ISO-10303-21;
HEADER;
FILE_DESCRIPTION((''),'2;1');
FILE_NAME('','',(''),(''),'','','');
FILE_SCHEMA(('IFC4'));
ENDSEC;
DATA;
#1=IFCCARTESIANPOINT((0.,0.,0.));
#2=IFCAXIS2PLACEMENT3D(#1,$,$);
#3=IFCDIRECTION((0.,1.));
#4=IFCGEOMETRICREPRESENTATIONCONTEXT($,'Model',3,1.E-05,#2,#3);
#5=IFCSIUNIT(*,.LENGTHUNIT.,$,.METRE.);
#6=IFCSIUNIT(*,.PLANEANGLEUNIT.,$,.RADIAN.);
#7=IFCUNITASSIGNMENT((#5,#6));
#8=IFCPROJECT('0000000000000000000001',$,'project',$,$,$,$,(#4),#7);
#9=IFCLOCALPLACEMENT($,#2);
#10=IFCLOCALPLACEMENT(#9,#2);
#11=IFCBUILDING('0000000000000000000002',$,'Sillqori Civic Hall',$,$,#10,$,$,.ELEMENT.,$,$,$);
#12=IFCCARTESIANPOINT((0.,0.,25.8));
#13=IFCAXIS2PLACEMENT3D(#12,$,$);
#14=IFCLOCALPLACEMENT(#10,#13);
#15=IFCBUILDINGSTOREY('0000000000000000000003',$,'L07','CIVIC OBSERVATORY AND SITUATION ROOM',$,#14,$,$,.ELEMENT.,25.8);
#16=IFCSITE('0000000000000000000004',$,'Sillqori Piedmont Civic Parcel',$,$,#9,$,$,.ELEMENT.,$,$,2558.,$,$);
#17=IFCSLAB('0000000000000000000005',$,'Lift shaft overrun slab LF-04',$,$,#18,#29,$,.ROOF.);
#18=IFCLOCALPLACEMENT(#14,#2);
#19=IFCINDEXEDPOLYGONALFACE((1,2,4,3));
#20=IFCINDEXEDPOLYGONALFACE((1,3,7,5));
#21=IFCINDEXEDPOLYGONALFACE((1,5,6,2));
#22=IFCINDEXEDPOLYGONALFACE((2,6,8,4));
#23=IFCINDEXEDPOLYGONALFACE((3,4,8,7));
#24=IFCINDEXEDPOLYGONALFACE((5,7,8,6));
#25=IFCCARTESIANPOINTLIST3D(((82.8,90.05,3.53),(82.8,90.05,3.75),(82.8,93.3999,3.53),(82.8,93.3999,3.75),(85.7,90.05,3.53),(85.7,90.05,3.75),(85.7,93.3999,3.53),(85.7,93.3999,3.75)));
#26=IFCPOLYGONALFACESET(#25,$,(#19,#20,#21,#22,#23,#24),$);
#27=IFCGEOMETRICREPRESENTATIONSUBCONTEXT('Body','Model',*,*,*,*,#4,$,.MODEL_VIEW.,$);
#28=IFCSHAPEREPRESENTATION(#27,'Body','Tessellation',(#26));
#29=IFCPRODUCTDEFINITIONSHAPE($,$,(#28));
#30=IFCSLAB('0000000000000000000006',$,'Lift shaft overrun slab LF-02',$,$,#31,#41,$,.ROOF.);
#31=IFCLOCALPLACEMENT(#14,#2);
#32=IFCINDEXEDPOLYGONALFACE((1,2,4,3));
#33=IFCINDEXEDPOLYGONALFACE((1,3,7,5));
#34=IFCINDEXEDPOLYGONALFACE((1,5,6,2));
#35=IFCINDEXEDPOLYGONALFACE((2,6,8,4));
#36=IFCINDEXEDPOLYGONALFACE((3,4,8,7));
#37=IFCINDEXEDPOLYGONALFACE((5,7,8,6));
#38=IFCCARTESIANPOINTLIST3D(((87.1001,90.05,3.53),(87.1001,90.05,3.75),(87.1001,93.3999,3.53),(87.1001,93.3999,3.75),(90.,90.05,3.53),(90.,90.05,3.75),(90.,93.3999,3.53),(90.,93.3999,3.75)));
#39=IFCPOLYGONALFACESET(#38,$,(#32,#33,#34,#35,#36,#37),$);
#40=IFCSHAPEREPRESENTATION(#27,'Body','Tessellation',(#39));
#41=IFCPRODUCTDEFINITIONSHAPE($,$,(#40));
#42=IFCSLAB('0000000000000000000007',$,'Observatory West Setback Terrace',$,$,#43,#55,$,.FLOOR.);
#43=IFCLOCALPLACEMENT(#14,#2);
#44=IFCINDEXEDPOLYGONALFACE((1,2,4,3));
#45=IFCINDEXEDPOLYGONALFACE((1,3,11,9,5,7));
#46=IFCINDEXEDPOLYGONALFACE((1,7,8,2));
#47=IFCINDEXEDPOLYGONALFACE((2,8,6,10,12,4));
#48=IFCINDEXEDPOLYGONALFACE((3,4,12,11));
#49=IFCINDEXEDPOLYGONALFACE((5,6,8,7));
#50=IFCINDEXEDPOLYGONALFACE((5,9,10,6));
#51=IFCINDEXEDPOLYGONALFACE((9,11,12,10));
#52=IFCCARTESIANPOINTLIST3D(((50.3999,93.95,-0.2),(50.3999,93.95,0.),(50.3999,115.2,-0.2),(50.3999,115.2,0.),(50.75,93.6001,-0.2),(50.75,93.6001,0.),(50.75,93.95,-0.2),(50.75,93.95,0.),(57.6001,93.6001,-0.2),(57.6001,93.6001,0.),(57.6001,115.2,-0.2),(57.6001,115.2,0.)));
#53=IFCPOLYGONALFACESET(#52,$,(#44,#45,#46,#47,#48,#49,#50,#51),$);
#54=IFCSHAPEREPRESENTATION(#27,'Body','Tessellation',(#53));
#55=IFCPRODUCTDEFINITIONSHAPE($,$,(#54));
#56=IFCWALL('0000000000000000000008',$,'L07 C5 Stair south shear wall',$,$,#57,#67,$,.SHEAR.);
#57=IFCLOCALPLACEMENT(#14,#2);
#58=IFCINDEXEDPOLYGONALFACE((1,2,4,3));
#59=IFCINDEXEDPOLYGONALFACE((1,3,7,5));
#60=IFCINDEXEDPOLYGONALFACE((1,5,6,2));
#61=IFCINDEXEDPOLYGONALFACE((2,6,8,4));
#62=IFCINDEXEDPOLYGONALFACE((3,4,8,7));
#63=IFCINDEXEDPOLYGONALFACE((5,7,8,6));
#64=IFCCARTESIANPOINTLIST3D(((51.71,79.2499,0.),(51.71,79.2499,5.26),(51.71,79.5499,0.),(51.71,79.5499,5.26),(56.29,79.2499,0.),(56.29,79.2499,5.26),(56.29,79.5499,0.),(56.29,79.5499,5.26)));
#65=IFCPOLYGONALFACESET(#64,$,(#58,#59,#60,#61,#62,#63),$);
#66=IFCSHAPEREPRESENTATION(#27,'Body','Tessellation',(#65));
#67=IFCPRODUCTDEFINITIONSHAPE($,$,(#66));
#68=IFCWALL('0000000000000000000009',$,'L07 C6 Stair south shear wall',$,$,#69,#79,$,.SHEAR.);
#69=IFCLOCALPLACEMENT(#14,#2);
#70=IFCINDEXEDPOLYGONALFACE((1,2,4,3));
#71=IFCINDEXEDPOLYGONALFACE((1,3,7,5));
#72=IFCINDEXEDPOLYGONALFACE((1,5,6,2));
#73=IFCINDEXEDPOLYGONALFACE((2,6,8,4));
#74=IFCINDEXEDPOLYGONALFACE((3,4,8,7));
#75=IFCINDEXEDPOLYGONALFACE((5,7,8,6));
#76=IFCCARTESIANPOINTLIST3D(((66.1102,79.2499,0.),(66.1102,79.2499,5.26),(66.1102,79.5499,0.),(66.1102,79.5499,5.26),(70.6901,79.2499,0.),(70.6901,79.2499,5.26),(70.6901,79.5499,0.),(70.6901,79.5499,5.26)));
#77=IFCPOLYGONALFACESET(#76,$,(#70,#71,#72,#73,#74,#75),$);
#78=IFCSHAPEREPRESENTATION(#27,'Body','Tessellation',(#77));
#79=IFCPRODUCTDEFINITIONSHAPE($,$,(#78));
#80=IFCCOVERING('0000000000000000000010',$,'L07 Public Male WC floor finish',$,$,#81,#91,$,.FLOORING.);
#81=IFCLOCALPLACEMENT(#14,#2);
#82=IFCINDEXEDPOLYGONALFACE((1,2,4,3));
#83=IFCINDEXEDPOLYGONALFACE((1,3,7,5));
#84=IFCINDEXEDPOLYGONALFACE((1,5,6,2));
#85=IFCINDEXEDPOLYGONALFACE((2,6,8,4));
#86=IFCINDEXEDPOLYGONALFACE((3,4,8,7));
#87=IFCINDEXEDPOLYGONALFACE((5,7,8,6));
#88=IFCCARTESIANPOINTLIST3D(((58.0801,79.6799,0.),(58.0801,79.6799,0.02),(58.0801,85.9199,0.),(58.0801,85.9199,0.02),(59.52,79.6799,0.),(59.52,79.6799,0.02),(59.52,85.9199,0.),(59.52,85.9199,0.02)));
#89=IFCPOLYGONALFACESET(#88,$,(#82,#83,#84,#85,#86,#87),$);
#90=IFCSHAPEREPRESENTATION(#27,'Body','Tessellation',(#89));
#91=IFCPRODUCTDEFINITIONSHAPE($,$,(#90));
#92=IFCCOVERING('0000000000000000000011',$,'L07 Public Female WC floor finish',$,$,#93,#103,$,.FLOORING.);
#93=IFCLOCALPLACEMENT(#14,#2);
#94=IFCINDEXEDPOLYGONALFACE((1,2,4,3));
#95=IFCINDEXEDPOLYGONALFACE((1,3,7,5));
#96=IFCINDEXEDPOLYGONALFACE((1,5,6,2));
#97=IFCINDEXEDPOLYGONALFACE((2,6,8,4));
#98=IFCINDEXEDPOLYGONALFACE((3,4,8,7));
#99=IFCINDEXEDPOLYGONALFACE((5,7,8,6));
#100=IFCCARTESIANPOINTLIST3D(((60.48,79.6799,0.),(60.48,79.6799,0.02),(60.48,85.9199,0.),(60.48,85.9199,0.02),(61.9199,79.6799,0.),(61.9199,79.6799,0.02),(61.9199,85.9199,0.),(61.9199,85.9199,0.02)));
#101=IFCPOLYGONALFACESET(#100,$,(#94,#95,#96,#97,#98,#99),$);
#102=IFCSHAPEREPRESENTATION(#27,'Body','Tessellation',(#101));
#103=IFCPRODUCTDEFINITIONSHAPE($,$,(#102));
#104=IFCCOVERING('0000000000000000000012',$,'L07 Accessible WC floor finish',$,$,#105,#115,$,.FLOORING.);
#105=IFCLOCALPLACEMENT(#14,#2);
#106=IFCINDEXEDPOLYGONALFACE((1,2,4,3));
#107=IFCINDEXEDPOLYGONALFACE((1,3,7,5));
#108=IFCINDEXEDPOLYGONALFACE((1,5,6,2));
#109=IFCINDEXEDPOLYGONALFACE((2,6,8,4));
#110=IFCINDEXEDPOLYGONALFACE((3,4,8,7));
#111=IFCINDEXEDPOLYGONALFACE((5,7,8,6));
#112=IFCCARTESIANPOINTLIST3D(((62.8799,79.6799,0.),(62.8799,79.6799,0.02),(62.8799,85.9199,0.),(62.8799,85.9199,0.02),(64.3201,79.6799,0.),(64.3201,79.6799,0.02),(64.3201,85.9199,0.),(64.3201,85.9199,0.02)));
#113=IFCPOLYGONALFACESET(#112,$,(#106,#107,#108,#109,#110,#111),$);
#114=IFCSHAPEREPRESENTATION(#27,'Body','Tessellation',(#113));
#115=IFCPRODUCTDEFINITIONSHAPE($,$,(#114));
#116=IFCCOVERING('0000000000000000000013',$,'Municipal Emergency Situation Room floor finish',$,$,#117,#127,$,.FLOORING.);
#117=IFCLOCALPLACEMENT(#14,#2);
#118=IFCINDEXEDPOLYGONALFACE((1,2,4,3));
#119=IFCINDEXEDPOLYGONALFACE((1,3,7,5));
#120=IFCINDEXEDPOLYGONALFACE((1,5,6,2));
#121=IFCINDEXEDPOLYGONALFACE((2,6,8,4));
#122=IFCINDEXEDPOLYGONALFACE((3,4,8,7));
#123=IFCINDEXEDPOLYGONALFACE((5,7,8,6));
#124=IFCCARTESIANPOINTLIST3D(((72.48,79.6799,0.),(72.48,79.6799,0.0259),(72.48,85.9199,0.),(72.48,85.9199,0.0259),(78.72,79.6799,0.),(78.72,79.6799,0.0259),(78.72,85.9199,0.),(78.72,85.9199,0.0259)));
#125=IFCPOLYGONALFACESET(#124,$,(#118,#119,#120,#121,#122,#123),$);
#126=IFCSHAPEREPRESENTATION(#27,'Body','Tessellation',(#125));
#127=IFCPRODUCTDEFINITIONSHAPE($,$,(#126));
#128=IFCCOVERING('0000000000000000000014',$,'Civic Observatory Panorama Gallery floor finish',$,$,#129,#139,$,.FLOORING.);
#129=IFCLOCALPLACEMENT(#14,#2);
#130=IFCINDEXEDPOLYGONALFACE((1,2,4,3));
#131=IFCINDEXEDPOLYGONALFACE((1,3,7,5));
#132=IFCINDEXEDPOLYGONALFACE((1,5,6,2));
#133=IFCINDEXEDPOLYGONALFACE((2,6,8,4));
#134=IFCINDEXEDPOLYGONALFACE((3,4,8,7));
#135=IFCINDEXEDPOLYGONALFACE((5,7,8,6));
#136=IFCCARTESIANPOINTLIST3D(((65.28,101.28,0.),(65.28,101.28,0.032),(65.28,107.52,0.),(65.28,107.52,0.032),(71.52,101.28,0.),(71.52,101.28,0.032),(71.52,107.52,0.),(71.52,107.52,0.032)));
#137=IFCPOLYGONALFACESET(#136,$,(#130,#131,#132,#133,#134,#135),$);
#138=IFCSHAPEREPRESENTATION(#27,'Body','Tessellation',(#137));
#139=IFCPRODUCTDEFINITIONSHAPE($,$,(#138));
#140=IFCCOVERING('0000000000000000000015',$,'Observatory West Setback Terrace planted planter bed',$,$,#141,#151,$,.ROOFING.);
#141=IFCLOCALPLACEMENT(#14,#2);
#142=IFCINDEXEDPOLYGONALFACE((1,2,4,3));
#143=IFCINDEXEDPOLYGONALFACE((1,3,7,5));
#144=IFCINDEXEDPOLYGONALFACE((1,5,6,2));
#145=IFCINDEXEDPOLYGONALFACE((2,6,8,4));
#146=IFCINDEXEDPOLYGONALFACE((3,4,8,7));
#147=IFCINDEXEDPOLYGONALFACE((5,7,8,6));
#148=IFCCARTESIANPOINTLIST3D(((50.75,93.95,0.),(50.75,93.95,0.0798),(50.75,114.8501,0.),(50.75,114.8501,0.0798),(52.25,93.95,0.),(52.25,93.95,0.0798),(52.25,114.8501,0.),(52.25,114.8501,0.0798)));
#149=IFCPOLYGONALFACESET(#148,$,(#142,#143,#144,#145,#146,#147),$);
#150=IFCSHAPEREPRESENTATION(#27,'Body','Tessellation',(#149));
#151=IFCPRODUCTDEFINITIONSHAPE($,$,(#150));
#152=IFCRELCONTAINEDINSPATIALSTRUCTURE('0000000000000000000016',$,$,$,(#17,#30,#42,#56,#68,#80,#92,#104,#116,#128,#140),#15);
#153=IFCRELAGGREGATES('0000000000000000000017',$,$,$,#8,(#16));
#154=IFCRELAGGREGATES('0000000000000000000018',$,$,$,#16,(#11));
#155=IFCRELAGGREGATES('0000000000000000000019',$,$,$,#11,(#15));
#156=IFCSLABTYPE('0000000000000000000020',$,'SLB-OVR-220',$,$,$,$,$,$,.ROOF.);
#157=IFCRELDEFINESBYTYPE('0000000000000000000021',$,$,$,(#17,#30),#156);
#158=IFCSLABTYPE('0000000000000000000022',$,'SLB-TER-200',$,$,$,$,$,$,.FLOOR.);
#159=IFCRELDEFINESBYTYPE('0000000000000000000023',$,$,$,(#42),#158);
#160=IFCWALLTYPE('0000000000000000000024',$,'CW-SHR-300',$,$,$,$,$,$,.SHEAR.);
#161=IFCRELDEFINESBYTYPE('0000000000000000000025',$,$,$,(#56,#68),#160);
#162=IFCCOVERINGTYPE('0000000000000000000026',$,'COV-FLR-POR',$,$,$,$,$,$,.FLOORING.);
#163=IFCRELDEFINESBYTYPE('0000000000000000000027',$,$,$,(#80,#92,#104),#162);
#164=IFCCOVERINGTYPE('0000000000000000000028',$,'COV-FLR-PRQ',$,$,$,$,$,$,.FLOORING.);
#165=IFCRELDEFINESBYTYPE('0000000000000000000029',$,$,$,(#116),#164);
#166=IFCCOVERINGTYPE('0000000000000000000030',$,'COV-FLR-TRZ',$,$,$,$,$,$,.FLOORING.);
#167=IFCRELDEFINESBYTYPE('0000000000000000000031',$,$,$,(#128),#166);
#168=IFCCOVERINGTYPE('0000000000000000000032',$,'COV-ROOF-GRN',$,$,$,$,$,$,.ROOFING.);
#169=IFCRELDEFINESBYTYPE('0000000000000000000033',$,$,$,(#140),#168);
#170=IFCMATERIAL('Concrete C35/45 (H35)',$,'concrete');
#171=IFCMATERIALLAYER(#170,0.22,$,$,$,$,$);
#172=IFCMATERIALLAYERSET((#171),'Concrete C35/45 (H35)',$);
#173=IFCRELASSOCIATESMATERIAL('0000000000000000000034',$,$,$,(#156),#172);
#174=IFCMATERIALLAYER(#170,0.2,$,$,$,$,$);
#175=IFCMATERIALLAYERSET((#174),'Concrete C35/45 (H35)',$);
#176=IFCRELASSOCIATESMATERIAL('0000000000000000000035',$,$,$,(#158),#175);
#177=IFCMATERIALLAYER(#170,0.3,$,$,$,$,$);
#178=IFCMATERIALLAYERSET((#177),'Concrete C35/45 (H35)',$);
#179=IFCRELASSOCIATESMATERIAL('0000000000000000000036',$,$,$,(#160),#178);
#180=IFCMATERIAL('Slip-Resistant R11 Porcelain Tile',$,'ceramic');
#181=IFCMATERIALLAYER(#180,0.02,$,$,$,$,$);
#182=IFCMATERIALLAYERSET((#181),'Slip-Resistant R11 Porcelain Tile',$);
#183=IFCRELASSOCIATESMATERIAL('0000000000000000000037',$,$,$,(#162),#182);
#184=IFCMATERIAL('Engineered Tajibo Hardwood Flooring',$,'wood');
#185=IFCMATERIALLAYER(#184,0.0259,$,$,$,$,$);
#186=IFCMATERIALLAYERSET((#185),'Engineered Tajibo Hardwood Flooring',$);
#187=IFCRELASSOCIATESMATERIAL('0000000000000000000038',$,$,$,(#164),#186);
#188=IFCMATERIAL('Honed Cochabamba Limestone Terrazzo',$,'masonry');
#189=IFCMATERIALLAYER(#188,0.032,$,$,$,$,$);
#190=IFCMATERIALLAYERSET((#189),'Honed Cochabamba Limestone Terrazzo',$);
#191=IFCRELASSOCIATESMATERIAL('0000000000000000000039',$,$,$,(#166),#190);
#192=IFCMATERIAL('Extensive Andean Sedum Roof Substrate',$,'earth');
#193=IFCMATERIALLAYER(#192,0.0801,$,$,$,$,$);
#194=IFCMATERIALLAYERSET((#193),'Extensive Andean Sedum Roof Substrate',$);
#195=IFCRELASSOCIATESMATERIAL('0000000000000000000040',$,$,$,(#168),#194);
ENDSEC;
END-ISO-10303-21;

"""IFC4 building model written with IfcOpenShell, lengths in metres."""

from ifc_helpers import new_model, si_unit, direction, frame, frame_2d, origin, place, context, subcontext, project, spatial, polyline, rectangle, outline, extrude, material, layer, layer_set, type_object, element, save


model = new_model("IFC4")

# Units and contexts
model_context = context("Model", 3, precision=1e-05, world=origin(), true_north=direction((0.0, 1.0)))
body_context = subcontext(model_context, "Body", "Model", "MODEL_VIEW")
ifc_project = project(units=[si_unit("LENGTHUNIT", "METRE"), si_unit("PLANEANGLEUNIT", "RADIAN")], contexts=[model_context])

# Site, building, storey
site_placement = place(None, origin())
site = spatial("IfcSite", under=ifc_project, at=site_placement, Name="Sillqori Piedmont Civic Parcel", CompositionType="ELEMENT", RefElevation=2558.0)
building_placement = place(site_placement, origin())
building = spatial("IfcBuilding", under=site, at=building_placement, Name="Sillqori Civic Hall", CompositionType="ELEMENT")
storey_placement = place(building_placement, frame((0.0, 0.0, 25.8)))
storey = spatial("IfcBuildingStorey", under=building, at=storey_placement, Name="L07", Description="CIVIC OBSERVATORY AND SITUATION ROOM", CompositionType="ELEMENT", Elevation=25.8)

# Shared definitions
ifc_material_1 = material(Name="Concrete C35/45 (H35)", Category="concrete")

# Slabs
ifc_layer_1 = layer(ifc_material_1, 0.22)
ifc_layer_set_1 = layer_set([ifc_layer_1], Name="Concrete C35/45 (H35)")
slab_type_1 = type_object("IfcSlabType", Name="SLB-OVR-220", PredefinedType="ROOF", material=ifc_layer_set_1)
slab_1_placement = place(storey_placement, frame((0.0, 0.0, 3.53)))
element("IfcSlab", 1, at=slab_1_placement, inside=storey, type_object=slab_type_1, Name="Lift shaft overrun slab LF-04", PredefinedType="ROOF", context=body_context, shape_type="SweptSolid", body=[
    extrude(outline(polyline([(82.8, 90.05), (85.7, 90.05), (85.7, 93.3999), (82.8, 93.3999), (82.8, 90.05)])), origin(), (0.0, 0.0, 1.0), 0.22),
])
slab_2_placement = place(storey_placement, frame((0.0, 0.0, 3.53)))
element("IfcSlab", 2, at=slab_2_placement, inside=storey, type_object=slab_type_1, Name="Lift shaft overrun slab LF-02", PredefinedType="ROOF", context=body_context, shape_type="SweptSolid", body=[
    extrude(outline(polyline([(87.1001, 90.05), (90.0, 90.05), (90.0, 93.3999), (87.1001, 93.3999), (87.1001, 90.05)])), origin(), (0.0, 0.0, 1.0), 0.22),
])
ifc_layer_2 = layer(ifc_material_1, 0.2)
ifc_layer_set_2 = layer_set([ifc_layer_2], Name="Concrete C35/45 (H35)")
slab_type_2 = type_object("IfcSlabType", Name="SLB-TER-200", PredefinedType="FLOOR", material=ifc_layer_set_2)
slab_3_placement = place(storey_placement, frame((0.0, 0.0, -0.2)))
element("IfcSlab", 3, at=slab_3_placement, inside=storey, type_object=slab_type_2, Name="Observatory West Setback Terrace", PredefinedType="FLOOR", context=body_context, shape_type="SweptSolid", body=[
    extrude(outline(polyline([(50.3999, 115.2), (57.6001, 115.2), (57.6001, 93.6001), (50.75, 93.6001), (50.75, 93.95), (50.3999, 93.95), (50.3999, 115.2)])), origin(), (0.0, 0.0, 1.0), 0.2),
])

# Walls
ifc_layer_3 = layer(ifc_material_1, 0.3)
ifc_layer_set_3 = layer_set([ifc_layer_3], Name="Concrete C35/45 (H35)")
wall_type = type_object("IfcWallType", Name="CW-SHR-300", PredefinedType="SHEAR", material=ifc_layer_set_3)
wall_1_placement = place(storey_placement, frame((51.71, 79.3999, 0.0), z_axis=(0.0, 0.0, 1.0), x_axis=(1.0, 0.0, 0.0)))
element("IfcWall", 4, at=wall_1_placement, inside=storey, type_object=wall_type, Name="L07 C5 Stair south shear wall", PredefinedType="SHEAR", context=body_context, shape_type="SweptSolid", body=[
    extrude(rectangle(XDim=4.5801, YDim=0.3, at=frame_2d((2.29, 0.0))), origin(), (0.0, 0.0, 1.0), 5.26),
])
wall_2_placement = place(storey_placement, frame((66.1101, 79.3999, 0.0), z_axis=(0.0, 0.0, 1.0), x_axis=(1.0, 0.0, 0.0)))
element("IfcWall", 5, at=wall_2_placement, inside=storey, type_object=wall_type, Name="L07 C6 Stair south shear wall", PredefinedType="SHEAR", context=body_context, shape_type="SweptSolid", body=[
    extrude(rectangle(XDim=4.5798, YDim=0.3, at=frame_2d((2.29, 0.0))), origin(), (0.0, 0.0, 1.0), 5.26),
])

# Coverings
ifc_material_2 = material(Name="Slip-Resistant R11 Porcelain Tile", Category="ceramic")
ifc_layer_4 = layer(ifc_material_2, 0.02)
ifc_layer_set_4 = layer_set([ifc_layer_4], Name="Slip-Resistant R11 Porcelain Tile")
covering_type_1 = type_object("IfcCoveringType", Name="COV-FLR-POR", PredefinedType="FLOORING", material=ifc_layer_set_4)
covering_1_placement = place(storey_placement, origin())
element("IfcCovering", 6, at=covering_1_placement, inside=storey, type_object=covering_type_1, Name="L07 Public Male WC floor finish", PredefinedType="FLOORING", context=body_context, shape_type="SweptSolid", body=[
    extrude(outline(polyline([(58.0801, 79.6799), (59.52, 79.6799), (59.52, 85.9199), (58.0801, 85.9199), (58.0801, 79.6799)])), origin(), (0.0, 0.0, 1.0), 0.02),
])
covering_2_placement = place(storey_placement, origin())
element("IfcCovering", 7, at=covering_2_placement, inside=storey, type_object=covering_type_1, Name="L07 Public Female WC floor finish", PredefinedType="FLOORING", context=body_context, shape_type="SweptSolid", body=[
    extrude(outline(polyline([(60.48, 79.6799), (61.9199, 79.6799), (61.9199, 85.9199), (60.48, 85.9199), (60.48, 79.6799)])), origin(), (0.0, 0.0, 1.0), 0.02),
])
covering_3_placement = place(storey_placement, origin())
element("IfcCovering", 8, at=covering_3_placement, inside=storey, type_object=covering_type_1, Name="L07 Accessible WC floor finish", PredefinedType="FLOORING", context=body_context, shape_type="SweptSolid", body=[
    extrude(outline(polyline([(62.8799, 79.6799), (64.3201, 79.6799), (64.3201, 85.9199), (62.8799, 85.9199), (62.8799, 79.6799)])), origin(), (0.0, 0.0, 1.0), 0.02),
])
ifc_material_3 = material(Name="Engineered Tajibo Hardwood Flooring", Category="wood")
ifc_layer_5 = layer(ifc_material_3, 0.0259)
ifc_layer_set_5 = layer_set([ifc_layer_5], Name="Engineered Tajibo Hardwood Flooring")
covering_type_2 = type_object("IfcCoveringType", Name="COV-FLR-PRQ", PredefinedType="FLOORING", material=ifc_layer_set_5)
covering_4_placement = place(storey_placement, origin())
element("IfcCovering", 9, at=covering_4_placement, inside=storey, type_object=covering_type_2, Name="Municipal Emergency Situation Room floor finish", PredefinedType="FLOORING", context=body_context, shape_type="SweptSolid", body=[
    extrude(outline(polyline([(72.48, 79.6799), (78.72, 79.6799), (78.72, 85.9199), (72.48, 85.9199), (72.48, 79.6799)])), origin(), (0.0, 0.0, 1.0), 0.0259),
])
ifc_material_4 = material(Name="Honed Cochabamba Limestone Terrazzo", Category="masonry")
ifc_layer_6 = layer(ifc_material_4, 0.032)
ifc_layer_set_6 = layer_set([ifc_layer_6], Name="Honed Cochabamba Limestone Terrazzo")
covering_type_3 = type_object("IfcCoveringType", Name="COV-FLR-TRZ", PredefinedType="FLOORING", material=ifc_layer_set_6)
covering_5_placement = place(storey_placement, origin())
element("IfcCovering", 10, at=covering_5_placement, inside=storey, type_object=covering_type_3, Name="Civic Observatory Panorama Gallery floor finish", PredefinedType="FLOORING", context=body_context, shape_type="SweptSolid", body=[
    extrude(outline(polyline([(65.28, 101.28), (71.52, 101.28), (71.52, 107.52), (65.28, 107.52), (65.28, 101.28)])), origin(), (0.0, 0.0, 1.0), 0.032),
])
ifc_material_5 = material(Name="Extensive Andean Sedum Roof Substrate", Category="earth")
ifc_layer_7 = layer(ifc_material_5, 0.0801)
ifc_layer_set_7 = layer_set([ifc_layer_7], Name="Extensive Andean Sedum Roof Substrate")
covering_type_4 = type_object("IfcCoveringType", Name="COV-ROOF-GRN", PredefinedType="ROOFING", material=ifc_layer_set_7)
covering_6_placement = place(storey_placement, origin())
element("IfcCovering", 11, at=covering_6_placement, inside=storey, type_object=covering_type_4, Name="Observatory West Setback Terrace planted planter bed", PredefinedType="ROOFING", context=body_context, shape_type="SweptSolid", body=[
    extrude(outline(polyline([(50.75, 93.95), (52.25, 93.95), (52.25, 114.8501), (50.75, 114.8501), (50.75, 93.95)])), origin(), (0.0, 0.0, 1.0), 0.0798),
])

save(model, "model.ifc")
